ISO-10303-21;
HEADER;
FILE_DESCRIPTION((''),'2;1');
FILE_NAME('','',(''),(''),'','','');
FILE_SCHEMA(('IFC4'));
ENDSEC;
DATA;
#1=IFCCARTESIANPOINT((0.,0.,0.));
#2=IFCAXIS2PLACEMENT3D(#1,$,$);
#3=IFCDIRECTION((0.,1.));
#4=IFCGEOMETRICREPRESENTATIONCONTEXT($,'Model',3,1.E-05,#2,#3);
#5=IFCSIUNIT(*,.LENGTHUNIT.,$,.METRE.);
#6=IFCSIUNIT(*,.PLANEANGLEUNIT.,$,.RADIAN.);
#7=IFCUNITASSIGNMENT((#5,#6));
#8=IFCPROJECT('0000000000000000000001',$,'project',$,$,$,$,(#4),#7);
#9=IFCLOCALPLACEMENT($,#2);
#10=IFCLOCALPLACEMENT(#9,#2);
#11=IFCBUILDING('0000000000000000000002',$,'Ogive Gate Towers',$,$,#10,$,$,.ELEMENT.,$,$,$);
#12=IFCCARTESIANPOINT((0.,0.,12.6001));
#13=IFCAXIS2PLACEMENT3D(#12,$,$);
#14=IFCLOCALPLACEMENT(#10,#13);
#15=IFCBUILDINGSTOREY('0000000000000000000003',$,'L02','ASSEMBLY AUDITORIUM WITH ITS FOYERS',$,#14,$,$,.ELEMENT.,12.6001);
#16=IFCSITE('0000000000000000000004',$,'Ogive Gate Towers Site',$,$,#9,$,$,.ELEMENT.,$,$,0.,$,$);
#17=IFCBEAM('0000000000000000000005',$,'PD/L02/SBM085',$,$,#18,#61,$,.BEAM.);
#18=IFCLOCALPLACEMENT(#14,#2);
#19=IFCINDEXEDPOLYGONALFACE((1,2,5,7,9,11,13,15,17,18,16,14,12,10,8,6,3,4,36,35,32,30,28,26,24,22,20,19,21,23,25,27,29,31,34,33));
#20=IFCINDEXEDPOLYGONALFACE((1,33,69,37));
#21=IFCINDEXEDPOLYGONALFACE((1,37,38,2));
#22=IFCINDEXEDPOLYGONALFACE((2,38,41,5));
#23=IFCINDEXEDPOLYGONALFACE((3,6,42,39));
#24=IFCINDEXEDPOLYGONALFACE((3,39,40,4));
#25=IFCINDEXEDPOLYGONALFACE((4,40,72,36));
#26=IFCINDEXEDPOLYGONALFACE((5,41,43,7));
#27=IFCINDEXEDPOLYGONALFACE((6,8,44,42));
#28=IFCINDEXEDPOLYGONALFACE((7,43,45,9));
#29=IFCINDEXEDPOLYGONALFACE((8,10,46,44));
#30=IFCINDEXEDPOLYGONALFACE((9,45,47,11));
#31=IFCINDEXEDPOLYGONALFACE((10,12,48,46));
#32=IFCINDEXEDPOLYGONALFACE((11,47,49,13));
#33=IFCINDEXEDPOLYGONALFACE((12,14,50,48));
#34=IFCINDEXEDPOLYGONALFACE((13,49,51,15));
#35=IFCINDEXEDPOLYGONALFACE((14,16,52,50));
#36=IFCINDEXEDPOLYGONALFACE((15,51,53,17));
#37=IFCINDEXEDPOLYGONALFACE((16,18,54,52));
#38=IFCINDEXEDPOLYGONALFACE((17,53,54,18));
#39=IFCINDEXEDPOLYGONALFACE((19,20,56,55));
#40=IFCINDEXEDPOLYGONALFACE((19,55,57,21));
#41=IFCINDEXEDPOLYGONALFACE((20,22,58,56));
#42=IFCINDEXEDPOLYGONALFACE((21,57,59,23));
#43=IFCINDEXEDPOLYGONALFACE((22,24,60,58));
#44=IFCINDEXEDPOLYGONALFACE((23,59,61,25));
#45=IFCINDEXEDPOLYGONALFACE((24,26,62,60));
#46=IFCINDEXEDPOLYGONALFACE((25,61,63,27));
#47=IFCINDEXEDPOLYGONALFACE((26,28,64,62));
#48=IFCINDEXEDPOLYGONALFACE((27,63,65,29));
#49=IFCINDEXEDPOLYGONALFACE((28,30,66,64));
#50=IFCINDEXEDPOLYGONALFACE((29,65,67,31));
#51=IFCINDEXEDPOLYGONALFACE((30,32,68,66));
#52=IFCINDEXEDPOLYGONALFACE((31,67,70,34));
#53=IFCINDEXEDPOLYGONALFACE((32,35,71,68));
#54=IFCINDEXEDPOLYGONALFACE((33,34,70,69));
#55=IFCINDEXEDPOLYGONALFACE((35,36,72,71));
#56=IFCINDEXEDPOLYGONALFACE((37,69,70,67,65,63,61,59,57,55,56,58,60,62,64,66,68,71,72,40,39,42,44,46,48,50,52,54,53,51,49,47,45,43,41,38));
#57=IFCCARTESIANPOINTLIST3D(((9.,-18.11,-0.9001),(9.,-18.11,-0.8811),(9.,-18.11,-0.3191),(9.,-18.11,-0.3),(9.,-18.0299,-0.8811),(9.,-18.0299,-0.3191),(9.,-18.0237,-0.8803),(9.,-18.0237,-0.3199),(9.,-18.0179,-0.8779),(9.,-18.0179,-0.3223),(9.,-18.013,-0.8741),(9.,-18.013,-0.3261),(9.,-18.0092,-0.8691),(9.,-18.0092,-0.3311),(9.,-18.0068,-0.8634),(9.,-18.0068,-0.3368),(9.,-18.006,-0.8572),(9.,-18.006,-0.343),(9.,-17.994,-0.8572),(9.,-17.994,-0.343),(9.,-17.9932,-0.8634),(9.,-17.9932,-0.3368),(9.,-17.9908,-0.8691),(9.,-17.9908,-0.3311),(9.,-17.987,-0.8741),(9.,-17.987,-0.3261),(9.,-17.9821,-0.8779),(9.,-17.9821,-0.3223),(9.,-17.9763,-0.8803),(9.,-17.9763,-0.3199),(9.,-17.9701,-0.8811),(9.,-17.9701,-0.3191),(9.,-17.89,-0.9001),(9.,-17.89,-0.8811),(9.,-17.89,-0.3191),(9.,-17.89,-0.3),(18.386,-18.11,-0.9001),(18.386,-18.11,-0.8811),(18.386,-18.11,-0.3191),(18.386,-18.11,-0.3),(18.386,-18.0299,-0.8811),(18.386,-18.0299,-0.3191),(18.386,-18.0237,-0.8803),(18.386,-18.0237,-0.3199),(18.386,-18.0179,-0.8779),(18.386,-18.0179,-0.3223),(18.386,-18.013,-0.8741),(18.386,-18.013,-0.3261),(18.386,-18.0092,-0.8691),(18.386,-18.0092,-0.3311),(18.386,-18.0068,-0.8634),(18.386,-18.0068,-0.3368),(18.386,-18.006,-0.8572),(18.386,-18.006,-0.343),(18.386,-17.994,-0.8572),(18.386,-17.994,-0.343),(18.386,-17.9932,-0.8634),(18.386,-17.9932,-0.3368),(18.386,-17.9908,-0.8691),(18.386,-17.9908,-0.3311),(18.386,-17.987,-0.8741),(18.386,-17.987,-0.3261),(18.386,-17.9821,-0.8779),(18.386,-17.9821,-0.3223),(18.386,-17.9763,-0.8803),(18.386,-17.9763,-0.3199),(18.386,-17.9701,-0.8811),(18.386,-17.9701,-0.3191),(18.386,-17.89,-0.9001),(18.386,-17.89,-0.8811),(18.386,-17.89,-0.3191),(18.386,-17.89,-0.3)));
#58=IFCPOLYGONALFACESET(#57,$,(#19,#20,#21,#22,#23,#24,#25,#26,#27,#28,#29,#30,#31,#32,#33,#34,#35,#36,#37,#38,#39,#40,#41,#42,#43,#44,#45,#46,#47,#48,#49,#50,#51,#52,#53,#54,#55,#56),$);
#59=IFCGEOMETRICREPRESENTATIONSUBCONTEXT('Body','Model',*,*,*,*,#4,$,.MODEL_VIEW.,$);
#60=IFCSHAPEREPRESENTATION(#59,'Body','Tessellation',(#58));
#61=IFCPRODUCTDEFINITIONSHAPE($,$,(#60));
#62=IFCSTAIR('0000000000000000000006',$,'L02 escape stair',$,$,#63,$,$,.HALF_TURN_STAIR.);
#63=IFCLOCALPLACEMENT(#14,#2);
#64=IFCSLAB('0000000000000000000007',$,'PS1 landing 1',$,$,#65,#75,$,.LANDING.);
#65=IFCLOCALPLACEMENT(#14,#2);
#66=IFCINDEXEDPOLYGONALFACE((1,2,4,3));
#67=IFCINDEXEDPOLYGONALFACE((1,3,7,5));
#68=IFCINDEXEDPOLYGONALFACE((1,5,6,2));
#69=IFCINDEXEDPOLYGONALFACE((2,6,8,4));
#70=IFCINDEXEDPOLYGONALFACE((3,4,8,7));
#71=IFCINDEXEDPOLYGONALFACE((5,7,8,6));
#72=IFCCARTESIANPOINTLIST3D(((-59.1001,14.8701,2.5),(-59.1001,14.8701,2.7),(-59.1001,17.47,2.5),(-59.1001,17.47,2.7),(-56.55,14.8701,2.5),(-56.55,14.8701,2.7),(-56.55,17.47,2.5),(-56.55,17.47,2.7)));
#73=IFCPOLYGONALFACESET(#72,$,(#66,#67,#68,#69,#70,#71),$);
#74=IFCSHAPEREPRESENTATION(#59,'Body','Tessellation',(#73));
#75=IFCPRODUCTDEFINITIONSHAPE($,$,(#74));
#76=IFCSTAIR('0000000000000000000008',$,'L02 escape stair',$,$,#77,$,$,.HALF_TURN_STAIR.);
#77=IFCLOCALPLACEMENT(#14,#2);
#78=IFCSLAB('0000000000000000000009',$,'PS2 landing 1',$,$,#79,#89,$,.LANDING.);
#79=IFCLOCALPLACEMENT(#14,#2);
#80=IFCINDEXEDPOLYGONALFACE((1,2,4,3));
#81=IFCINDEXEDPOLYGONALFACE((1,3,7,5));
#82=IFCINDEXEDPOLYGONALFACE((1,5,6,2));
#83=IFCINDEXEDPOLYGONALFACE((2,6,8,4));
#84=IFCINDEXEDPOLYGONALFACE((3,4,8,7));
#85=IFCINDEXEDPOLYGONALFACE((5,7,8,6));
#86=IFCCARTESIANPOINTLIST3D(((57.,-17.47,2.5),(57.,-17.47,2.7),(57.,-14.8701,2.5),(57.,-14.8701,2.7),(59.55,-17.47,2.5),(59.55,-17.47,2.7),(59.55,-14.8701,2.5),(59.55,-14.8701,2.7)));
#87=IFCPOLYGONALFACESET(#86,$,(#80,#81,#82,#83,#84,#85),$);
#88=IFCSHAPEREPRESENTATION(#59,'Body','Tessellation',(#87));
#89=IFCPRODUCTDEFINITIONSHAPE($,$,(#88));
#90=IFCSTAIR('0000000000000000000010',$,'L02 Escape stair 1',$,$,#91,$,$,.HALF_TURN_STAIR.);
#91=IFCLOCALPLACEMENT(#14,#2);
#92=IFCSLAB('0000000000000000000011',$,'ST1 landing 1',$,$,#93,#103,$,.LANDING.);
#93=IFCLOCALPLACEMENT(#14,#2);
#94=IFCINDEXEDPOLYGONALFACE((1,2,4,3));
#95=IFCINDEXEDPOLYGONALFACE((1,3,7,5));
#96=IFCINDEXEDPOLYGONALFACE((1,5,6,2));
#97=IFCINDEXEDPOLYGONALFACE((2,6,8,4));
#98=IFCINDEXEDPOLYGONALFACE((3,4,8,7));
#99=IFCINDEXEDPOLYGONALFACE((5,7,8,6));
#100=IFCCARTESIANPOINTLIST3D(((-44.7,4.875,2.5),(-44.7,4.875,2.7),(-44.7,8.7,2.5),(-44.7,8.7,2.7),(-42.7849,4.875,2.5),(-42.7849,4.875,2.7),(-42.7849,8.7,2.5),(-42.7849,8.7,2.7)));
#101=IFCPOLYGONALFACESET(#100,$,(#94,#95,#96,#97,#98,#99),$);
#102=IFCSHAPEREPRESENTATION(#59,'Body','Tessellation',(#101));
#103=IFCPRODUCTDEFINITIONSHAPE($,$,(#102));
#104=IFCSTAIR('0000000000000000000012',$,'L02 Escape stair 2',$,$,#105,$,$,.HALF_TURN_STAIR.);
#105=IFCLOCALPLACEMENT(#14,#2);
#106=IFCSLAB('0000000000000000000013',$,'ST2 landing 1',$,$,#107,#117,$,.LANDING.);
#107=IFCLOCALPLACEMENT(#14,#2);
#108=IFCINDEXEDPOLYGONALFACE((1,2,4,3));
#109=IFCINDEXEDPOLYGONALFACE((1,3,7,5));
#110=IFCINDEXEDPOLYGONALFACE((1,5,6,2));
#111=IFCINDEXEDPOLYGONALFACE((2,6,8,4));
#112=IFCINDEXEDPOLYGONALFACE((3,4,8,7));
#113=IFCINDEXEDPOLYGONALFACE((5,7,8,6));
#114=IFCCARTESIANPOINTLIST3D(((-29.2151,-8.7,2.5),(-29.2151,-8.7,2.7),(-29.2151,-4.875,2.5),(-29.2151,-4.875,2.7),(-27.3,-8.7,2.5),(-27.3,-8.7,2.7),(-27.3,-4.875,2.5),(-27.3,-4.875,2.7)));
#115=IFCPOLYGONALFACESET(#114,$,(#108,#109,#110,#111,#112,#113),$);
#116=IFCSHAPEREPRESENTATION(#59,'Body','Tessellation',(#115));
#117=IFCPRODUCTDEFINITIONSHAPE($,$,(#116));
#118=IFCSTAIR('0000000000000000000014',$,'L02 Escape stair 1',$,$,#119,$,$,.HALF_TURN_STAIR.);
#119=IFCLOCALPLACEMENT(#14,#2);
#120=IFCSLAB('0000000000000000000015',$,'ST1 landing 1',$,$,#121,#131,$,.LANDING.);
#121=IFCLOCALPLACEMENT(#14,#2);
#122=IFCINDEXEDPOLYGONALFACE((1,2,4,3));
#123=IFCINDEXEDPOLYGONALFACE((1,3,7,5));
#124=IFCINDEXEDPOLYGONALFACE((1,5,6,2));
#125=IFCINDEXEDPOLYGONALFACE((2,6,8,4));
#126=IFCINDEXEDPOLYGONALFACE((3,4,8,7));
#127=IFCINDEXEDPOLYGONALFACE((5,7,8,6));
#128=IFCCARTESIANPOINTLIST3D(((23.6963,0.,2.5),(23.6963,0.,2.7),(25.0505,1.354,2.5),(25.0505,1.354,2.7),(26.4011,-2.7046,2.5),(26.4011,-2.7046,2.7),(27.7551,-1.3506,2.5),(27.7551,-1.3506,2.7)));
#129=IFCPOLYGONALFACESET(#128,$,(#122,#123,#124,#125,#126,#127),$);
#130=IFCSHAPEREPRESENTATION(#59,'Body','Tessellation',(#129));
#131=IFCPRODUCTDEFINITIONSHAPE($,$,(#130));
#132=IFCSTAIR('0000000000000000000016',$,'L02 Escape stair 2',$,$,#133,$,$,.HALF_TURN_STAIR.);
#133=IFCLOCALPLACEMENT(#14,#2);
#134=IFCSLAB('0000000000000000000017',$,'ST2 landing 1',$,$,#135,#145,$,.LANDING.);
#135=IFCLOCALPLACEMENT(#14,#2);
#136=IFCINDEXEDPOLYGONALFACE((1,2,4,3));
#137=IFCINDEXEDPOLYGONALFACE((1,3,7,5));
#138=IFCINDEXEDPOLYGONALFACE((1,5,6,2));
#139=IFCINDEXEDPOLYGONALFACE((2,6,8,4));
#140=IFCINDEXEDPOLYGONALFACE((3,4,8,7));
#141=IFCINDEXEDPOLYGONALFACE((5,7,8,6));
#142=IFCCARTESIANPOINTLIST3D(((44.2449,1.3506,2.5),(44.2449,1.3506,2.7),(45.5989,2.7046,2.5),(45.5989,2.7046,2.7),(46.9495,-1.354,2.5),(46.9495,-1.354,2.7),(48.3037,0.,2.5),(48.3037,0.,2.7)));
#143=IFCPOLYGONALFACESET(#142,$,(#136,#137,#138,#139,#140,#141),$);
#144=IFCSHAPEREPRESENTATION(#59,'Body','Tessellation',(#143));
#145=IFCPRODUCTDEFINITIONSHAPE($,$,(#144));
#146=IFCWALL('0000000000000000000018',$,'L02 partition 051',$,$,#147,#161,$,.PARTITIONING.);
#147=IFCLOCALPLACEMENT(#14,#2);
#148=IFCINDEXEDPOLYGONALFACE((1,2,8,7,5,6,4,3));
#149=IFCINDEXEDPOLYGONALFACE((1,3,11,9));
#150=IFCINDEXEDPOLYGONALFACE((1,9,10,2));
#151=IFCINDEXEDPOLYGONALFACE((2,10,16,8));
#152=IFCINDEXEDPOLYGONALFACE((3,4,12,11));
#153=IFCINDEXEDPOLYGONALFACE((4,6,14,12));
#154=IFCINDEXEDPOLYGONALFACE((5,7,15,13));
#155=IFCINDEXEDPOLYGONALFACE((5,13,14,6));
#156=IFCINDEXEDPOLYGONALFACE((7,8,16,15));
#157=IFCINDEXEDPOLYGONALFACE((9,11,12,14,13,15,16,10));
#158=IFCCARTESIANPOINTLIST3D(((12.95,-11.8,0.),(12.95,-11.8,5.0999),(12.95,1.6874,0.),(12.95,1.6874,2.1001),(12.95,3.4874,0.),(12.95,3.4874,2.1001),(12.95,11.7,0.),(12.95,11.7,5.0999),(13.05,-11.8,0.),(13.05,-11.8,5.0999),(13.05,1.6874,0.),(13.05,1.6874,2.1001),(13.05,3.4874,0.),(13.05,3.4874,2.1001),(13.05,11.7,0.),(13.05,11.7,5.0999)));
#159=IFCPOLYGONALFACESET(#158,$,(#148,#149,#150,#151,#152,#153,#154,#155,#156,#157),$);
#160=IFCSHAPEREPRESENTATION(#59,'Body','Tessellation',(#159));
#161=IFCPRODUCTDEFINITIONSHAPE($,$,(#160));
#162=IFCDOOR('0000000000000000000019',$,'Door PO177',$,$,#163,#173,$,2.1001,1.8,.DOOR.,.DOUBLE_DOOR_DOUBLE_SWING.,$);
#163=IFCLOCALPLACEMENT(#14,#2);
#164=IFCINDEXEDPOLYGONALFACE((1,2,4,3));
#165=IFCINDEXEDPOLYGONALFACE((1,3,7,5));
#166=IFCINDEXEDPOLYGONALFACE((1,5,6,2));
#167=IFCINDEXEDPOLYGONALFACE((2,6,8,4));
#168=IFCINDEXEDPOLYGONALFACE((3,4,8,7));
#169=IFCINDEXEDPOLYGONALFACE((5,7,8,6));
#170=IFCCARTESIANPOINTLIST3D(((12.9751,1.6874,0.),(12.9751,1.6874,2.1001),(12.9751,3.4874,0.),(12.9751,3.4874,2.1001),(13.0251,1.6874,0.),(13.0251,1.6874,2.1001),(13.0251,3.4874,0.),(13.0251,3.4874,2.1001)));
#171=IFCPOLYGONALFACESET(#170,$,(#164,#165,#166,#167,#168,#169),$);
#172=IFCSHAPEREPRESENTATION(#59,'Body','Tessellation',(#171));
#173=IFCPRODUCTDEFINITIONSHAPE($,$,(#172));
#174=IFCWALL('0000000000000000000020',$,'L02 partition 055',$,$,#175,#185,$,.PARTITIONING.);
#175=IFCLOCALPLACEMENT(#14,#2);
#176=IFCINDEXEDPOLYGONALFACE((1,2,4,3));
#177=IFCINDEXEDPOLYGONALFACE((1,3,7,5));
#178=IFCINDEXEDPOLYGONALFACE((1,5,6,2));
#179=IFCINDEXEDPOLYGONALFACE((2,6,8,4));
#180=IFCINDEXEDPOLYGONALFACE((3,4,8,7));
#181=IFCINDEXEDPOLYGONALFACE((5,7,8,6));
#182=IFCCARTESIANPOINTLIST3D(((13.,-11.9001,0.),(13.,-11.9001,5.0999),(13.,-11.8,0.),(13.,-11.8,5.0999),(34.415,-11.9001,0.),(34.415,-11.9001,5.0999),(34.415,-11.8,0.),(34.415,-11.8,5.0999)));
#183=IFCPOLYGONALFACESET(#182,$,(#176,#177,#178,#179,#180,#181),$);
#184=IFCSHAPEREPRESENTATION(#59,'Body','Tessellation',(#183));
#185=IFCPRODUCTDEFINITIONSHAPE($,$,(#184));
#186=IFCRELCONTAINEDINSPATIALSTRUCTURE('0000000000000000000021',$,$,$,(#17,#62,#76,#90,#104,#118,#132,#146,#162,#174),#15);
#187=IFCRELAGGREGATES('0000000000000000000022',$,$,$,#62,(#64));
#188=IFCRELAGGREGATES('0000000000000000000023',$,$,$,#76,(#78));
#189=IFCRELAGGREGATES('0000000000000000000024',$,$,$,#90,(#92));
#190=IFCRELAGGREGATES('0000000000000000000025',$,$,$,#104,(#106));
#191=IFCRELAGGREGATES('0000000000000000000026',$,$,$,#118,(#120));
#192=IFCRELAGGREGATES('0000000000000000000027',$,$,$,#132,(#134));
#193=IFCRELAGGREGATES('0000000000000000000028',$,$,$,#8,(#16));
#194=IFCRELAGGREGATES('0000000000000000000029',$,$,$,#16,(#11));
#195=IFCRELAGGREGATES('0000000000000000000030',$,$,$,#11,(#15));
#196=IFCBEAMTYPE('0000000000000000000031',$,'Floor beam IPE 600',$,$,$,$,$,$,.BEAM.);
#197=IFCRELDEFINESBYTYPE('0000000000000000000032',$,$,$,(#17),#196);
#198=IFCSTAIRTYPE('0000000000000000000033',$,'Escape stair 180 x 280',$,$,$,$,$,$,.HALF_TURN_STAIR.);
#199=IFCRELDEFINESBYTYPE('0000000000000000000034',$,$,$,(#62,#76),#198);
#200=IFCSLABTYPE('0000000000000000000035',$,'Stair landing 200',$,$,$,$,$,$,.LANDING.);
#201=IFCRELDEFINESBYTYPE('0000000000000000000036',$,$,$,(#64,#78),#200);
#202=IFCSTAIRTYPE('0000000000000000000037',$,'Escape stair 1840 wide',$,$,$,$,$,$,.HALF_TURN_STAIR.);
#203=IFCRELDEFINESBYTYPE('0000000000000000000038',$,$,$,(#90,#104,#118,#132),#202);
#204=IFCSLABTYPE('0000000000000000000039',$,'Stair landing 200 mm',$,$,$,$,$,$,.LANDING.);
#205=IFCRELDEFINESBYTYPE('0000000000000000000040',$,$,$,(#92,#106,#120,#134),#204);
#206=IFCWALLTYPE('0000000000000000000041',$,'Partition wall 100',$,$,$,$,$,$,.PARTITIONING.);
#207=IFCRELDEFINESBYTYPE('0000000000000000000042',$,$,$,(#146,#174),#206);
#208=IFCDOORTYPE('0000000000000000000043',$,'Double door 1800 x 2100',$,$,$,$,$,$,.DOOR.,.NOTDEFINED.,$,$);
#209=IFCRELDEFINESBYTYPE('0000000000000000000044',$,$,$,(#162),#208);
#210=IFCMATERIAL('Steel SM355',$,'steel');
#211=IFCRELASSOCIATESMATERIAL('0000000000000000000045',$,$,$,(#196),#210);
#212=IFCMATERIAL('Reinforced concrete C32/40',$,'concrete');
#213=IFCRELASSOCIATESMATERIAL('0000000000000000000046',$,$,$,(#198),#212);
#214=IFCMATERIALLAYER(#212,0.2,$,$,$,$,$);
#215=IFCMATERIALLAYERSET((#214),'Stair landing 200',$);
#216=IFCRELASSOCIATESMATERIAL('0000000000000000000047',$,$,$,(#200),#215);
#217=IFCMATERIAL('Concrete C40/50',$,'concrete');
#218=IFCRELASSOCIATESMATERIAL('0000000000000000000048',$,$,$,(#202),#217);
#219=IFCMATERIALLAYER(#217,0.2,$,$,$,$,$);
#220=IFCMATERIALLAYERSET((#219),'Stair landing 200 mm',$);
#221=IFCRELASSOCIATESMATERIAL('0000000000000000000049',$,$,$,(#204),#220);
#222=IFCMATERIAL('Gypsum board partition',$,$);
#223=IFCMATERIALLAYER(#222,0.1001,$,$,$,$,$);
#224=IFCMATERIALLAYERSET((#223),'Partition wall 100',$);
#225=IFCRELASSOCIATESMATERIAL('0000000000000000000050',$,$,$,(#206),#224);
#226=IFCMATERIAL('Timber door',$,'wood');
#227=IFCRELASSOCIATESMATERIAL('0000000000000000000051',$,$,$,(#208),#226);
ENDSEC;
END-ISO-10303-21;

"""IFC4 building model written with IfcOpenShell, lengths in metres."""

from ifc_helpers import new_model, si_unit, direction, frame, frame_2d, origin, origin_2d, place, context, subcontext, project, spatial, polyline, rectangle, i_section, outline, extrude, material, layer, layer_set, material_profile, profile_set, type_object, element, fill, aggregate, save


model = new_model("IFC4")

# Units and contexts
model_context = context("Model", 3, precision=1e-05, world=origin(), true_north=direction((0.0, 1.0)))
body_context = subcontext(model_context, "Body", "Model", "MODEL_VIEW")
ifc_project = project(units=[si_unit("LENGTHUNIT", "METRE"), si_unit("PLANEANGLEUNIT", "RADIAN")], contexts=[model_context])

# Site, building, storey
site_placement = place(None, origin())
site = spatial("IfcSite", under=ifc_project, at=site_placement, Name="Ogive Gate Towers Site", CompositionType="ELEMENT", RefElevation=0.0)
building_placement = place(site_placement, origin())
building = spatial("IfcBuilding", under=site, at=building_placement, Name="Ogive Gate Towers", CompositionType="ELEMENT")
storey_placement = place(building_placement, frame((0.0, 0.0, 12.6001)))
storey = spatial("IfcBuildingStorey", under=building, at=storey_placement, Name="L02", Description="ASSEMBLY AUDITORIUM WITH ITS FOYERS", CompositionType="ELEMENT", Elevation=12.6001)

# Beam
ifc_material_1 = material(Name="Steel SM355", Category="steel")
ifc_material_profile_1 = material_profile(ifc_material_1, i_section(OverallWidth=0.22, OverallDepth=0.6001, WebThickness=0.012, FlangeThickness=0.019, FilletRadius=0.0239, at=origin_2d()), Name="IPE 600")
ifc_profile_set_1 = profile_set([ifc_material_profile_1], Name="Steel SM355")
beam_type_1 = type_object("IfcBeamType", Name="Floor beam IPE 600", PredefinedType="BEAM", material=ifc_profile_set_1)
beam_1_placement = place(storey_placement, frame((9.0, -18.0, -0.6001), z_axis=(1.0, 0.0, 0.0), x_axis=(0.0, 1.0, 0.0)))
element("IfcBeam", 1, at=beam_1_placement, inside=storey, type_object=beam_type_1, Name="PD/L02/SBM085", PredefinedType="BEAM", context=body_context, shape_type="SweptSolid", body=[
    extrude(i_section(OverallWidth=0.22, OverallDepth=0.6001, WebThickness=0.012, FlangeThickness=0.019, FilletRadius=0.0239, at=origin_2d()), origin(), (0.0, 0.0, 1.0), 9.386),
])

# Stairs, slabs
ifc_material_2 = material(Name="Reinforced concrete C32/40", Category="concrete")
stair_type_1 = type_object("IfcStairType", Name="Escape stair 180 x 280", PredefinedType="HALF_TURN_STAIR", material=ifc_material_2)
stair_1_placement = place(storey_placement, origin())
stair_1 = element("IfcStair", 2, at=stair_1_placement, inside=storey, type_object=stair_type_1, Name="L02 escape stair", PredefinedType="HALF_TURN_STAIR")
ifc_layer_1 = layer(ifc_material_2, 0.2)
ifc_layer_set_1 = layer_set([ifc_layer_1], Name="Stair landing 200")
slab_type_1 = type_object("IfcSlabType", Name="Stair landing 200", PredefinedType="LANDING", material=ifc_layer_set_1)
slab_1_placement = place(storey_placement, frame((0.0, 0.0, 2.5)))
slab_1 = element("IfcSlab", 3, at=slab_1_placement, type_object=slab_type_1, Name="PS1 landing 1", PredefinedType="LANDING", context=body_context, shape_type="SweptSolid", body=[
    extrude(outline(polyline([(-56.55, 14.8701), (-56.55, 17.47), (-59.1001, 17.47), (-59.1001, 14.8701), (-56.55, 14.8701)])), origin(), (0.0, 0.0, 1.0), 0.2),
])
aggregate(stair_1, [slab_1])
stair_2_placement = place(storey_placement, origin())
stair_2 = element("IfcStair", 4, at=stair_2_placement, inside=storey, type_object=stair_type_1, Name="L02 escape stair", PredefinedType="HALF_TURN_STAIR")
slab_2_placement = place(storey_placement, frame((0.0, 0.0, 2.5)))
slab_2 = element("IfcSlab", 5, at=slab_2_placement, type_object=slab_type_1, Name="PS2 landing 1", PredefinedType="LANDING", context=body_context, shape_type="SweptSolid", body=[
    extrude(outline(polyline([(57.0, -14.8701), (57.0, -17.47), (59.55, -17.47), (59.55, -14.8701), (57.0, -14.8701)])), origin(), (0.0, 0.0, 1.0), 0.2),
])
aggregate(stair_2, [slab_2])
ifc_material_3 = material(Name="Concrete C40/50", Category="concrete")
stair_type_2 = type_object("IfcStairType", Name="Escape stair 1840 wide", PredefinedType="HALF_TURN_STAIR", material=ifc_material_3)
stair_3_placement = place(storey_placement, origin())
stair_3 = element("IfcStair", 6, at=stair_3_placement, inside=storey, type_object=stair_type_2, Name="L02 Escape stair 1", PredefinedType="HALF_TURN_STAIR")
ifc_layer_2 = layer(ifc_material_3, 0.2)
ifc_layer_set_2 = layer_set([ifc_layer_2], Name="Stair landing 200 mm")
slab_type_2 = type_object("IfcSlabType", Name="Stair landing 200 mm", PredefinedType="LANDING", material=ifc_layer_set_2)
slab_3_placement = place(storey_placement, frame((0.0, 0.0, 2.5)))
slab_3 = element("IfcSlab", 7, at=slab_3_placement, type_object=slab_type_2, Name="ST1 landing 1", PredefinedType="LANDING", context=body_context, shape_type="SweptSolid", body=[
    extrude(outline(polyline([(-42.7849, 8.7), (-44.7, 8.7), (-44.7, 4.875), (-42.7849, 4.875), (-42.7849, 8.7)])), origin(), (0.0, 0.0, 1.0), 0.2),
])
aggregate(stair_3, [slab_3])
stair_4_placement = place(storey_placement, origin())
stair_4 = element("IfcStair", 8, at=stair_4_placement, inside=storey, type_object=stair_type_2, Name="L02 Escape stair 2", PredefinedType="HALF_TURN_STAIR")
slab_4_placement = place(storey_placement, frame((0.0, 0.0, 2.5)))
slab_4 = element("IfcSlab", 9, at=slab_4_placement, type_object=slab_type_2, Name="ST2 landing 1", PredefinedType="LANDING", context=body_context, shape_type="SweptSolid", body=[
    extrude(outline(polyline([(-29.2151, -8.7), (-27.3, -8.7), (-27.3, -4.875), (-29.2151, -4.875), (-29.2151, -8.7)])), origin(), (0.0, 0.0, 1.0), 0.2),
])
aggregate(stair_4, [slab_4])
stair_5_placement = place(storey_placement, origin())
stair_5 = element("IfcStair", 10, at=stair_5_placement, inside=storey, type_object=stair_type_2, Name="L02 Escape stair 1", PredefinedType="HALF_TURN_STAIR")
slab_5_placement = place(storey_placement, frame((0.0, 0.0, 2.5)))
slab_5 = element("IfcSlab", 11, at=slab_5_placement, type_object=slab_type_2, Name="ST1 landing 1", PredefinedType="LANDING", context=body_context, shape_type="SweptSolid", body=[
    extrude(outline(polyline([(25.0505, 1.354), (23.6963, 0.0), (26.4011, -2.7046), (27.7551, -1.3506), (25.0505, 1.354)])), origin(), (0.0, 0.0, 1.0), 0.2),
])
aggregate(stair_5, [slab_5])
stair_6_placement = place(storey_placement, origin())
stair_6 = element("IfcStair", 12, at=stair_6_placement, inside=storey, type_object=stair_type_2, Name="L02 Escape stair 2", PredefinedType="HALF_TURN_STAIR")
slab_6_placement = place(storey_placement, frame((0.0, 0.0, 2.5)))
slab_6 = element("IfcSlab", 13, at=slab_6_placement, type_object=slab_type_2, Name="ST2 landing 1", PredefinedType="LANDING", context=body_context, shape_type="SweptSolid", body=[
    extrude(outline(polyline([(46.9495, -1.354), (48.3037, 0.0), (45.5989, 2.7046), (44.2449, 1.3506), (46.9495, -1.354)])), origin(), (0.0, 0.0, 1.0), 0.2),
])
aggregate(stair_6, [slab_6])

# Wall, opening, door
ifc_material_4 = material(Name="Gypsum board partition")
ifc_layer_3 = layer(ifc_material_4, 0.1001)
ifc_layer_set_3 = layer_set([ifc_layer_3], Name="Partition wall 100")
wall_type = type_object("IfcWallType", Name="Partition wall 100", PredefinedType="PARTITIONING", material=ifc_layer_set_3)
wall_1_placement = place(storey_placement, frame((13.0, -11.8, 0.0), z_axis=(0.0, 0.0, 1.0), x_axis=(0.0, 1.0, 0.0)))
wall_1 = element("IfcWall", 14, at=wall_1_placement, inside=storey, type_object=wall_type, Name="L02 partition 051", PredefinedType="PARTITIONING", context=body_context, shape_type="SweptSolid", body=[
    extrude(rectangle(XDim=23.5, YDim=0.1001, at=frame_2d((11.75, 0.0))), origin(), (0.0, 0.0, 1.0), 5.0999),
])
opening_placement = place(wall_1_placement, frame((13.4875, 0.0, 0.0)))
opening = element("IfcOpeningElement", 15, at=opening_placement, cuts=wall_1, PredefinedType="OPENING", context=body_context, shape_type="SweptSolid", body=[
    extrude(rectangle(XDim=1.8, YDim=2.1001, at=frame_2d((0.8999, 1.05))), frame((0.0, 0.0601, 0.0), z_axis=(0.0, -1.0, 0.0), x_axis=(1.0, 0.0, 0.0)), (0.0, 0.0, 1.0), 0.1201),
])
ifc_material_5 = material(Name="Timber door", Category="wood")
door_type = type_object("IfcDoorType", Name="Double door 1800 x 2100", OperationType="NOTDEFINED", PredefinedType="DOOR", material=ifc_material_5)
door_placement = place(opening_placement, origin())
door = element("IfcDoor", 16, at=door_placement, inside=storey, type_object=door_type, Name="Door PO177", OperationType="DOUBLE_DOOR_DOUBLE_SWING", OverallHeight=2.1001, OverallWidth=1.8, PredefinedType="DOOR", context=body_context, shape_type="SweptSolid", body=[
    extrude(rectangle(XDim=1.8, YDim=2.1001, at=frame_2d((0.8999, 1.05))), frame((0.0, 0.0249, 0.0), z_axis=(0.0, -1.0, 0.0), x_axis=(1.0, 0.0, 0.0)), (0.0, 0.0, 1.0), 0.05),
])
fill(opening, door)

# Wall
wall_2_placement = place(storey_placement, frame((13.0, -11.8501, 0.0), z_axis=(0.0, 0.0, 1.0), x_axis=(1.0, 0.0, 0.0)))
element("IfcWall", 17, at=wall_2_placement, inside=storey, type_object=wall_type, Name="L02 partition 055", PredefinedType="PARTITIONING", context=body_context, shape_type="SweptSolid", body=[
    extrude(rectangle(XDim=21.415, YDim=0.1001, at=frame_2d((10.7075, 0.0))), origin(), (0.0, 0.0, 1.0), 5.0999),
])

save(model, "model.ifc")
